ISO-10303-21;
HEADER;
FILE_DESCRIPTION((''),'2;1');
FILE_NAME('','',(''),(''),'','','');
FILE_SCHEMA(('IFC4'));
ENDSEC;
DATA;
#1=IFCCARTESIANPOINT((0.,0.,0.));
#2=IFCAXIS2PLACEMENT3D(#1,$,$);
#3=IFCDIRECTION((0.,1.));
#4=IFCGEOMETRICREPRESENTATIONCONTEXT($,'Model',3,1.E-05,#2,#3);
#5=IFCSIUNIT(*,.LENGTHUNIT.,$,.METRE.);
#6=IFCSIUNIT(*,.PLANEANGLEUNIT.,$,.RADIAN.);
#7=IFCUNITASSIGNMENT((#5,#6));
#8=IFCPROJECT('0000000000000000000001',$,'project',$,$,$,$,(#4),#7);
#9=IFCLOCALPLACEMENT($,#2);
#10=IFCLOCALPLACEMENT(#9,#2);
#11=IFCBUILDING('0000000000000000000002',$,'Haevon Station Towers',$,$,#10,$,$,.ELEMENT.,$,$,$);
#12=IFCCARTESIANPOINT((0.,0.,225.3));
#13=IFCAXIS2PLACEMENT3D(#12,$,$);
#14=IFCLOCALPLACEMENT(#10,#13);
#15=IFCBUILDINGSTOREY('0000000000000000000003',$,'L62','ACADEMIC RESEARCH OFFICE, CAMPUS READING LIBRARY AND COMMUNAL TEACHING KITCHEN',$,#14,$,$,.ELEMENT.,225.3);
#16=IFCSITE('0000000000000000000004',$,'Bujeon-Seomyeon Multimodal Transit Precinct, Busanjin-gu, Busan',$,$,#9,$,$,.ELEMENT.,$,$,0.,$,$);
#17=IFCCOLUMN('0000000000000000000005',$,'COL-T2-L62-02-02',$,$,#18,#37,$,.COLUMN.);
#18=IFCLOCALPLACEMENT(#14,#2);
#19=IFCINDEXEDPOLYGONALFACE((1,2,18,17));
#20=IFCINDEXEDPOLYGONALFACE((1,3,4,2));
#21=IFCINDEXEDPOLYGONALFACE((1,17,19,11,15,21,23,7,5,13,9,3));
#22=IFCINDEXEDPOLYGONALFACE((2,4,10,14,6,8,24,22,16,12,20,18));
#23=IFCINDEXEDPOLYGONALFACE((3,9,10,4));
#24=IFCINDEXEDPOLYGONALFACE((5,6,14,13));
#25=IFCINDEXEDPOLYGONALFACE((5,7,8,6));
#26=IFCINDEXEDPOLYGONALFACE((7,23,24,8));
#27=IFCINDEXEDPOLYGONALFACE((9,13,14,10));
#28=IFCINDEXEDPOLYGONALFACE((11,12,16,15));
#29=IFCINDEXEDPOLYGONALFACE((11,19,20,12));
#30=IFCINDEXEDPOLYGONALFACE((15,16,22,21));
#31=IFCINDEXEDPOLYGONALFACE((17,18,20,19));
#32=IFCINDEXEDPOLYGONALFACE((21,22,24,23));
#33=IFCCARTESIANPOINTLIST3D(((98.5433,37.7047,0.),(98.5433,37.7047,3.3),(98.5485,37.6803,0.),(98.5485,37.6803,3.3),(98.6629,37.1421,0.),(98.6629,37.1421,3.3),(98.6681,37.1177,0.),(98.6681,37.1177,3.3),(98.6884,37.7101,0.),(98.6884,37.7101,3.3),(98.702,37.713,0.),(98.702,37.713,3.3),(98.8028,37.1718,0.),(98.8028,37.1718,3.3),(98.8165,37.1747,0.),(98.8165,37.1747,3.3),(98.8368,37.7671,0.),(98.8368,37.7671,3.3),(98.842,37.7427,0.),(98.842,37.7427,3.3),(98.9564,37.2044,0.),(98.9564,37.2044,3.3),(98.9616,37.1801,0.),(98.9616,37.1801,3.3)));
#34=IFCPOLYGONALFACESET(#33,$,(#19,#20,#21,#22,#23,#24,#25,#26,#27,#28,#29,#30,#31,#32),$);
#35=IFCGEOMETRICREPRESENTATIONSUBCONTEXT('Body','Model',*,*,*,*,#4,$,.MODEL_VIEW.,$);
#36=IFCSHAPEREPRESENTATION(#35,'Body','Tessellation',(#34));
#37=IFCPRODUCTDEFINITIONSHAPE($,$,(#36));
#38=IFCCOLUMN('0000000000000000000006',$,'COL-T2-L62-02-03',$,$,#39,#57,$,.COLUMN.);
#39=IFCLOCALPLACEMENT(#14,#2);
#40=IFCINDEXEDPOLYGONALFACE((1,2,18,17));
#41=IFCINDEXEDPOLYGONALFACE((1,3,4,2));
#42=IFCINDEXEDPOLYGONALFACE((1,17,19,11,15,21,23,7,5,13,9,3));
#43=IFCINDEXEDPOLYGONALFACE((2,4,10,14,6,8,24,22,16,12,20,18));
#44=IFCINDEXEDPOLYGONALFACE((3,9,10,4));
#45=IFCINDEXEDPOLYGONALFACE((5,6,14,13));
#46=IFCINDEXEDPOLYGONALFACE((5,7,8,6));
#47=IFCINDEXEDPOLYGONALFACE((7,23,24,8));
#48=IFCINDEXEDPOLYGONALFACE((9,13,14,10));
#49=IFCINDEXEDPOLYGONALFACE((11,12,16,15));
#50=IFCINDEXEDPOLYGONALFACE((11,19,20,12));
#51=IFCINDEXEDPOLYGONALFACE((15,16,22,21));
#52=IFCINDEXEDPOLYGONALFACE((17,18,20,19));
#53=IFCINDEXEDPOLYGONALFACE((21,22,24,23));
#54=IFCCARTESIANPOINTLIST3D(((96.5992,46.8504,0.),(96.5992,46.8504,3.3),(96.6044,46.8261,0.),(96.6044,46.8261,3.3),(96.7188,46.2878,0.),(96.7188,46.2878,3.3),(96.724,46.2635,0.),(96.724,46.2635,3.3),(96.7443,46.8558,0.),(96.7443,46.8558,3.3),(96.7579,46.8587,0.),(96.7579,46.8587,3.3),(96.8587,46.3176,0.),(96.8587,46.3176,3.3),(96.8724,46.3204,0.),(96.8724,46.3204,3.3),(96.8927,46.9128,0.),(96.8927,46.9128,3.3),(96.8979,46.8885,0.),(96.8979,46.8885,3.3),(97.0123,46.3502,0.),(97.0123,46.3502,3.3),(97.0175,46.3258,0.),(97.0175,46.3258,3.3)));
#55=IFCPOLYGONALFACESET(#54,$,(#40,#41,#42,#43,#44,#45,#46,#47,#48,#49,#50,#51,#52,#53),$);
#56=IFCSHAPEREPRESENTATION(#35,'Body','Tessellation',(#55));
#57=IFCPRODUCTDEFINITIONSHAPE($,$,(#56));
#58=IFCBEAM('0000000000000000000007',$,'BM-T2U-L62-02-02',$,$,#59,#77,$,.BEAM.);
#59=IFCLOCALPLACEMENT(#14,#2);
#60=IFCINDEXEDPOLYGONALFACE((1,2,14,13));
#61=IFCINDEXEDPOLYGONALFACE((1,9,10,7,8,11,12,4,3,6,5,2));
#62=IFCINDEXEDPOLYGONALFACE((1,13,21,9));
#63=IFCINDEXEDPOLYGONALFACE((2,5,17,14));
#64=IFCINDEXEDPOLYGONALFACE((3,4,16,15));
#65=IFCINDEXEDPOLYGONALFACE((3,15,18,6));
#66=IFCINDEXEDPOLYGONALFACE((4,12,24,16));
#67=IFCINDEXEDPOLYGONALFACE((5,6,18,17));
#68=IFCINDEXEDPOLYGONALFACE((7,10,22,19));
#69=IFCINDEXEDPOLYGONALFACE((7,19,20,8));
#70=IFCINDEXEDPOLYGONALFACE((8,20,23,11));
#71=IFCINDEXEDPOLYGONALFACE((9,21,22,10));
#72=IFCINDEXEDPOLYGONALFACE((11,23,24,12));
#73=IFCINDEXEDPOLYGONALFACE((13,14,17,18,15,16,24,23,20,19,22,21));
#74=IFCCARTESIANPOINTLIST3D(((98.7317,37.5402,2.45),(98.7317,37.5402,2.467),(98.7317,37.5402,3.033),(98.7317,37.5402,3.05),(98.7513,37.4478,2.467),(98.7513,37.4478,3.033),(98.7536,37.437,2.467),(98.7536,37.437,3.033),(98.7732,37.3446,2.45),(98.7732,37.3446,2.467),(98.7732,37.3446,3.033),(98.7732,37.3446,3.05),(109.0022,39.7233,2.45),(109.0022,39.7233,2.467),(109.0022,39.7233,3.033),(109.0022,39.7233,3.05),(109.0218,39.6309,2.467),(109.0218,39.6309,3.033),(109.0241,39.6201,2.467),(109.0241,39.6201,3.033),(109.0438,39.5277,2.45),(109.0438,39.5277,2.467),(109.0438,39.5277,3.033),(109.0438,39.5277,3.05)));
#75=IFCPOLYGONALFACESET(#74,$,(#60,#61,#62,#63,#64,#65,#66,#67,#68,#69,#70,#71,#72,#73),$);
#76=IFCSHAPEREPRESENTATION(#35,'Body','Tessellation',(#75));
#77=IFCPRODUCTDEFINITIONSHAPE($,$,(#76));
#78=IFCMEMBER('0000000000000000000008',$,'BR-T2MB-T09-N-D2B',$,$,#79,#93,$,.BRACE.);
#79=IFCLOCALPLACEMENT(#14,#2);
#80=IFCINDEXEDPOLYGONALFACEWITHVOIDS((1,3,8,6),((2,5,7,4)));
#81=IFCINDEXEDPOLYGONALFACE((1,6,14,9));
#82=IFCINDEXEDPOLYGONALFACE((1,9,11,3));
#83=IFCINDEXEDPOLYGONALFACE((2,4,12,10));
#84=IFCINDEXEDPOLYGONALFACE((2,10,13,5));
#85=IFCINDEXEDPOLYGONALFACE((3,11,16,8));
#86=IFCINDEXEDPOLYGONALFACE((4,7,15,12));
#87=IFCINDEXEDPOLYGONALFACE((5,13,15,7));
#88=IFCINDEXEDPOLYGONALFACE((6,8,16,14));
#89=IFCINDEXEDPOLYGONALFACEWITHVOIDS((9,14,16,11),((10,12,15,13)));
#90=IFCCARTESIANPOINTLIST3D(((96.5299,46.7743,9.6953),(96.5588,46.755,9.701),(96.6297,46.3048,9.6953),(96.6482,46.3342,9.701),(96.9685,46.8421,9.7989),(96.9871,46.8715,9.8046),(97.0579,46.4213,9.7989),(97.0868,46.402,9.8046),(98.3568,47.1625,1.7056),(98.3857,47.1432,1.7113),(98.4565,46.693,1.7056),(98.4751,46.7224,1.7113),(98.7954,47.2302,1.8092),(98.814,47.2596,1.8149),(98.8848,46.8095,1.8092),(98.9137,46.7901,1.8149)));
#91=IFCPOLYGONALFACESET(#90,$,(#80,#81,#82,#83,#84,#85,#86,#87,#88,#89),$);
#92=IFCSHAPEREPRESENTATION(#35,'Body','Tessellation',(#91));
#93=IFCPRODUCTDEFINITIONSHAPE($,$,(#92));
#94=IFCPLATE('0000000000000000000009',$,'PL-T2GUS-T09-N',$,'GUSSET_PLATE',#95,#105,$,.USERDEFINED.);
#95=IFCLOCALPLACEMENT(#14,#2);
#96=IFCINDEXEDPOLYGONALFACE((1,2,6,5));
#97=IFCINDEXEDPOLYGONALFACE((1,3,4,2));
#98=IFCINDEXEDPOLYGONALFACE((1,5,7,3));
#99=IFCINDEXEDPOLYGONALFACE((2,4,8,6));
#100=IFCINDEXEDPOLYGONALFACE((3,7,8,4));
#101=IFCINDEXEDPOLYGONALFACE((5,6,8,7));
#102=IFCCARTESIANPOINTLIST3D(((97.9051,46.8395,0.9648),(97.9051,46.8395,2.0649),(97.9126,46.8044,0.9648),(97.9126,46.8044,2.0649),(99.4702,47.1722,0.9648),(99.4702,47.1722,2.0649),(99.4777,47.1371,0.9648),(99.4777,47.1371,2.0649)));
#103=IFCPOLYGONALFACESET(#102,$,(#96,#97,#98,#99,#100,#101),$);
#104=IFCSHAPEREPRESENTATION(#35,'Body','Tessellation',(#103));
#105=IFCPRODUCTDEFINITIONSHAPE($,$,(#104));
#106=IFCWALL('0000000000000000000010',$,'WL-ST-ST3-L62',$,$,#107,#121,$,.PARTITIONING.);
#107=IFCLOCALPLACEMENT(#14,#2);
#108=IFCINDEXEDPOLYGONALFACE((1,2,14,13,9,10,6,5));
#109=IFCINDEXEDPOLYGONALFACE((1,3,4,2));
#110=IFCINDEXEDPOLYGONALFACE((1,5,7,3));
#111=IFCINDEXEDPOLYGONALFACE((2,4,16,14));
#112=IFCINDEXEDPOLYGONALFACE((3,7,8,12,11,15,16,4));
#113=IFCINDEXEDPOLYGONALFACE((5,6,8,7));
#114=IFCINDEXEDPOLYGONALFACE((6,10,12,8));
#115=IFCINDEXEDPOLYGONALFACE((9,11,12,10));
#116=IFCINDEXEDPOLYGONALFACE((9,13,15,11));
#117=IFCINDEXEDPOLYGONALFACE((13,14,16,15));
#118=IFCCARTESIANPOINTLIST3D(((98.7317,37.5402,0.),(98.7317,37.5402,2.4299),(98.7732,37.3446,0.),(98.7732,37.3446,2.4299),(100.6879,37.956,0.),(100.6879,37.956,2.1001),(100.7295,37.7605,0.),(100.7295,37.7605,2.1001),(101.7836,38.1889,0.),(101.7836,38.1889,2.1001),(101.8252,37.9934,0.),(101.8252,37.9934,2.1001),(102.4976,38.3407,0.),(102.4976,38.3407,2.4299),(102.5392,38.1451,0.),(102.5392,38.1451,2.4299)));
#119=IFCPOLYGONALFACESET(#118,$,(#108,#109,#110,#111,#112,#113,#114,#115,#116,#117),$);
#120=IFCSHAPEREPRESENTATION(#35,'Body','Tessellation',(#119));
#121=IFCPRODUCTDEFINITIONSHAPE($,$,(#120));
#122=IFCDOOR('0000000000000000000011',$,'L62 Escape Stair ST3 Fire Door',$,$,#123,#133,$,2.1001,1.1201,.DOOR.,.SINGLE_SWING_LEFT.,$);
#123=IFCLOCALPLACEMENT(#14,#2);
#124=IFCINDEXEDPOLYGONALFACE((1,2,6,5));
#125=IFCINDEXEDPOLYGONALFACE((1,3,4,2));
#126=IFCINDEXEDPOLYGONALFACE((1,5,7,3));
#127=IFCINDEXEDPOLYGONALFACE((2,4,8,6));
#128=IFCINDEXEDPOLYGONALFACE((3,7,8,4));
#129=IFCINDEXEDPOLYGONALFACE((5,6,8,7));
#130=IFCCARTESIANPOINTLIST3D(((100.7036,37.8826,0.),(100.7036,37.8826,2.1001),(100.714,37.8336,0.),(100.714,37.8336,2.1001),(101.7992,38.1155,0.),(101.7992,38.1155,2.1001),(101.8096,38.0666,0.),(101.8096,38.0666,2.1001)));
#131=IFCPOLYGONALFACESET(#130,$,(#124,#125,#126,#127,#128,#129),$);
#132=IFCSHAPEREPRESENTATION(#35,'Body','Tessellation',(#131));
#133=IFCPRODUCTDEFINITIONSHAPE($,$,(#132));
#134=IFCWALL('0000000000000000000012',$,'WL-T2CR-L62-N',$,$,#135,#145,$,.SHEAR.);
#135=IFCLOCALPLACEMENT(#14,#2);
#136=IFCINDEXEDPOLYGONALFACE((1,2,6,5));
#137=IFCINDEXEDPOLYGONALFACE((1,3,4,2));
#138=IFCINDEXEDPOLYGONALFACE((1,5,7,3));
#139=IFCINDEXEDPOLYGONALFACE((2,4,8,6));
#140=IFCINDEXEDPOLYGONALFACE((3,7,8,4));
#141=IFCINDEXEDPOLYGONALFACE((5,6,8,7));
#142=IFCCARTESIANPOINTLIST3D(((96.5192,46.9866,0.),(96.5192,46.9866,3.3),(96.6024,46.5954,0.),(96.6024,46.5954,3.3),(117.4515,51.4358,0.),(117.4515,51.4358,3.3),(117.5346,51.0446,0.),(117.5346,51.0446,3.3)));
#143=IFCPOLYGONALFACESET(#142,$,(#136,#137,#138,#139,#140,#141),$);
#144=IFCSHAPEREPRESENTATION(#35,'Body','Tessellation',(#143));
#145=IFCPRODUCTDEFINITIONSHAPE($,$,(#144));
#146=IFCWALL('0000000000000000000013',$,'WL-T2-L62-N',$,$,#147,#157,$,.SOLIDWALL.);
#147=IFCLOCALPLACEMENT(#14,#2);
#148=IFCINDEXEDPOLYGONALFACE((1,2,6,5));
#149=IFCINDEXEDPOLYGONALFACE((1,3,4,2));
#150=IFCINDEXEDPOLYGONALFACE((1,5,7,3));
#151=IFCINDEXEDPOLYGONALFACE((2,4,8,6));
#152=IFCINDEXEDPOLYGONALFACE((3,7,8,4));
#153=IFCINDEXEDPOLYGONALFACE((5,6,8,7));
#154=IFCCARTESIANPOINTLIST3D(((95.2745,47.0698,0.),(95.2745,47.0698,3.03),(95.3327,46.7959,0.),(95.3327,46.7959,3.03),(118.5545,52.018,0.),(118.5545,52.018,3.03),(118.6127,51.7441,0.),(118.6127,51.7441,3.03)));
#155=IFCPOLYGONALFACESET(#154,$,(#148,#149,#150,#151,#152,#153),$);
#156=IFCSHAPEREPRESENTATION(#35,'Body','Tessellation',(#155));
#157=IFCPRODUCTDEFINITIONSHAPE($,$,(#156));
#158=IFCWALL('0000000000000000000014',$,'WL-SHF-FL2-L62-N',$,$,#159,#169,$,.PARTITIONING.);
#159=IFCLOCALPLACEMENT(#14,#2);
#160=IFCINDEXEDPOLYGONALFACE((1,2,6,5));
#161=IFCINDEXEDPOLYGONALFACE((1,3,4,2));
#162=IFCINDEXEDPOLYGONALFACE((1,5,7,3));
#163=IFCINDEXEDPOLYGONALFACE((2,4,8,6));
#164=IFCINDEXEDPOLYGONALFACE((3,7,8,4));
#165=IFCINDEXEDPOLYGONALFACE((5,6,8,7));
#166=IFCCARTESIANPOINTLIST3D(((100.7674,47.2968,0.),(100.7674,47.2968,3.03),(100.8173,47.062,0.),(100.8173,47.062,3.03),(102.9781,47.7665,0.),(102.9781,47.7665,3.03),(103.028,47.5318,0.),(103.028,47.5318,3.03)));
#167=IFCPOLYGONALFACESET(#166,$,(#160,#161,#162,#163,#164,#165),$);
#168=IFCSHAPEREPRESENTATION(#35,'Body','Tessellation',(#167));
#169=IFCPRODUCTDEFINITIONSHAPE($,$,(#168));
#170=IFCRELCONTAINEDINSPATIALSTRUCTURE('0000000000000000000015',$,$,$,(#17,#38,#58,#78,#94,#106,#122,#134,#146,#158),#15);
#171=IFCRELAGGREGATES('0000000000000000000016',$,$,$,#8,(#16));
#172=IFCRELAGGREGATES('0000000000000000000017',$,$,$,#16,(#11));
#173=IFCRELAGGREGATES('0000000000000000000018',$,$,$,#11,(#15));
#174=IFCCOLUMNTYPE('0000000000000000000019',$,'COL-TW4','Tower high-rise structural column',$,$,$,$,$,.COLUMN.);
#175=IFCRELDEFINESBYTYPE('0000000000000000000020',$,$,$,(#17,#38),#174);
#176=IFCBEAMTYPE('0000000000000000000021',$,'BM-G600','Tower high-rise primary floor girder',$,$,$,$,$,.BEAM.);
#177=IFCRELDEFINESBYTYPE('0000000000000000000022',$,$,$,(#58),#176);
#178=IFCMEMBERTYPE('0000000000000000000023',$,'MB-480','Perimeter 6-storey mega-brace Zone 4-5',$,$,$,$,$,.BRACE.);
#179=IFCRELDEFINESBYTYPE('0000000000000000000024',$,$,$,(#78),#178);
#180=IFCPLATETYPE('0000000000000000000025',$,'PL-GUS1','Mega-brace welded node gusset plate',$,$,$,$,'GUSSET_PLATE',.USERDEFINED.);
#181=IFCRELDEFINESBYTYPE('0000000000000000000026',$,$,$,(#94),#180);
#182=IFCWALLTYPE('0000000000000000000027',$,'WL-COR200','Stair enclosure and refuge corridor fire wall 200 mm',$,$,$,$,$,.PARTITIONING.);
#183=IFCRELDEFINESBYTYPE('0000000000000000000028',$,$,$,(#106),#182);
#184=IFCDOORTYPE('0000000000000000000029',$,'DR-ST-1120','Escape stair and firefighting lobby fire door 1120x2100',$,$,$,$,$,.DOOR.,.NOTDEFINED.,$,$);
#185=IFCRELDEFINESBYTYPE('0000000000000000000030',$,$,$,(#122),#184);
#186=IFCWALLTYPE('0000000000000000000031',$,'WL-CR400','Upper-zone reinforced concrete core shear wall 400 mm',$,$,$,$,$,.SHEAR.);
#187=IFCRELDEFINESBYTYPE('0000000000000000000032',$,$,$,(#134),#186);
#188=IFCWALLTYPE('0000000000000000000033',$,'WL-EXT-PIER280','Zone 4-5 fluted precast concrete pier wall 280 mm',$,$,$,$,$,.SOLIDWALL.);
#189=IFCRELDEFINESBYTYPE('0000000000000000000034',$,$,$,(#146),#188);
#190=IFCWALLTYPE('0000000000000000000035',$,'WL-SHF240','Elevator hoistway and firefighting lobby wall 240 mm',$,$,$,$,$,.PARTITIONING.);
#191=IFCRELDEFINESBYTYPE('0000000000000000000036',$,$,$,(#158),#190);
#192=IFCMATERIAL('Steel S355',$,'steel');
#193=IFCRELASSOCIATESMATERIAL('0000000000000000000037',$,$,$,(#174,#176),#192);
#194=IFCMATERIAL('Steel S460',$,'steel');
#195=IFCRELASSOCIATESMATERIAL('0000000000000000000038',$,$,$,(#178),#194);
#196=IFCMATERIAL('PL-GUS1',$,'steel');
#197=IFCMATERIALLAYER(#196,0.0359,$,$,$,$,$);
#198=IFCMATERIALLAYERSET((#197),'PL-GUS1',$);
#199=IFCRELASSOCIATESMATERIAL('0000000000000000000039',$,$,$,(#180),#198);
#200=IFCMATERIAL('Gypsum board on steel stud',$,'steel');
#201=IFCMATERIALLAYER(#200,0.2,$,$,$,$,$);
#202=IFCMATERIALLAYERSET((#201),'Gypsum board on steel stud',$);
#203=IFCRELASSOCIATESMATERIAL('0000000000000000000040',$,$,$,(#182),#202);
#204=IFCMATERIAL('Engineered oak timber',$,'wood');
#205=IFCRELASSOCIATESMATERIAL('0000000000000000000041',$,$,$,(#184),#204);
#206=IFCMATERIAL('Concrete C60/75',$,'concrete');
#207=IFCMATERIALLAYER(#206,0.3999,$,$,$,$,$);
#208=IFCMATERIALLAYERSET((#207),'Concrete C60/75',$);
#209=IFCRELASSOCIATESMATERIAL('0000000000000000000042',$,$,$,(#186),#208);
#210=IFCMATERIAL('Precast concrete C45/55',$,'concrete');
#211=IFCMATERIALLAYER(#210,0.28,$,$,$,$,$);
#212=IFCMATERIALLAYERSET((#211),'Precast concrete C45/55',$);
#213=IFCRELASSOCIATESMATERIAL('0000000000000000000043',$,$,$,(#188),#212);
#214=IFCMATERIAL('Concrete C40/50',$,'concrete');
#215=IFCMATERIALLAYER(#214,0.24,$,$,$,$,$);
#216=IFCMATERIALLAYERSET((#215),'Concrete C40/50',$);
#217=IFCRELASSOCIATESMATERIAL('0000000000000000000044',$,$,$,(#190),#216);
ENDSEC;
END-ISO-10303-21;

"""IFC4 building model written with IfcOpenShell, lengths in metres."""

from ifc_helpers import new_model, si_unit, direction, frame, frame_2d, origin, origin_2d, place, context, subcontext, project, spatial, rectangle, hollow_rectangle, i_section, extrude, material, layer, layer_set, material_profile, profile_set, type_object, element, fill, save


model = new_model("IFC4")

# Units and contexts
model_context = context("Model", 3, precision=1e-05, world=origin(), true_north=direction((0.0, 1.0)))
body_context = subcontext(model_context, "Body", "Model", "MODEL_VIEW")
ifc_project = project(units=[si_unit("LENGTHUNIT", "METRE"), si_unit("PLANEANGLEUNIT", "RADIAN")], contexts=[model_context])

# Site, building, storey
site_placement = place(None, origin())
site = spatial("IfcSite", under=ifc_project, at=site_placement, Name="Bujeon-Seomyeon Multimodal Transit Precinct, Busanjin-gu, Busan", CompositionType="ELEMENT", RefElevation=0.0)
building_placement = place(site_placement, origin())
building = spatial("IfcBuilding", under=site, at=building_placement, Name="Haevon Station Towers", CompositionType="ELEMENT")
storey_placement = place(building_placement, frame((0.0, 0.0, 225.3)))
storey = spatial("IfcBuildingStorey", under=building, at=storey_placement, Name="L62", Description="ACADEMIC RESEARCH OFFICE, CAMPUS READING LIBRARY AND COMMUNAL TEACHING KITCHEN", CompositionType="ELEMENT", Elevation=225.3)

# Columns
ifc_material_1 = material(Name="Steel S355", Category="steel")
ifc_material_profile_1 = material_profile(ifc_material_1, i_section(OverallWidth=0.3, OverallDepth=0.6001, WebThickness=0.0139, FlangeThickness=0.0249, at=origin_2d()), Name="H-600x300x14x25")
ifc_profile_set_1 = profile_set([ifc_material_profile_1], Name="Steel S355")
column_type = type_object("IfcColumnType", Name="COL-TW4", Description="Tower high-rise structural column", PredefinedType="COLUMN", material=ifc_profile_set_1)
for number, where, z_axis, x_axis, name in (
    (1, (98.7524, 37.4424, 0.0), (0.0, 0.0, 1.0), (0.978148, 0.207912, 0.0), "COL-T2-L62-02-02"),
    (2, (96.8083, 46.5881, 0.0), (0.0, 0.0, 1.0), (0.978148, 0.207912, 0.0), "COL-T2-L62-02-03"),
):
    element("IfcColumn", number, at=place(storey_placement, frame(where, z_axis=z_axis, x_axis=x_axis)), inside=storey, type_object=column_type, Name=name, PredefinedType="COLUMN", context=body_context, shape_type="SweptSolid", body=[
        extrude(i_section(OverallWidth=0.3, OverallDepth=0.6001, WebThickness=0.0139, FlangeThickness=0.0249, at=origin_2d()), origin(), (0.0, 0.0, 1.0), 3.3),
    ])

# Beam
ifc_material_profile_2 = material_profile(ifc_material_1, i_section(OverallWidth=0.2, OverallDepth=0.6001, WebThickness=0.011, FlangeThickness=0.0171, at=origin_2d()), Name="H-600x200x11x17")
ifc_profile_set_2 = profile_set([ifc_material_profile_2], Name="Steel S355")
beam_type = type_object("IfcBeamType", Name="BM-G600", Description="Tower high-rise primary floor girder", PredefinedType="BEAM", material=ifc_profile_set_2)
beam_placement = place(storey_placement, frame((98.7524, 37.4424, 2.75), z_axis=(0.978147, 0.207915, 0.0), x_axis=(-0.207915, 0.978147, 0.0)))
element("IfcBeam", 3, at=beam_placement, inside=storey, type_object=beam_type, Name="BM-T2U-L62-02-02", PredefinedType="BEAM", context=body_context, shape_type="SweptSolid", body=[
    extrude(i_section(OverallWidth=0.2, OverallDepth=0.6001, WebThickness=0.011, FlangeThickness=0.0171, at=origin_2d()), origin(), (0.0, 0.0, 1.0), 10.5),
])

# Member
ifc_material_2 = material(Name="Steel S460", Category="steel")
ifc_material_profile_3 = material_profile(ifc_material_2, hollow_rectangle(XDim=0.48, YDim=0.48, WallThickness=0.0249, at=origin_2d()), Name="RHS-480x480x25")
ifc_profile_set_3 = profile_set([ifc_material_profile_3], Name="Steel S460")
member_type = type_object("IfcMemberType", Name="MB-480", Description="Perimeter 6-storey mega-brace Zone 4-5", PredefinedType="BRACE", material=ifc_profile_set_3)
member_placement = place(storey_placement, frame((98.6353, 46.9763, 1.7603), z_axis=(-0.222654, -0.04731, 0.973749), x_axis=(0.207842, -0.978163, 0.0)))
element("IfcMember", 4, at=member_placement, inside=storey, type_object=member_type, Name="BR-T2MB-T09-N-D2B", PredefinedType="BRACE", context=body_context, shape_type="SweptSolid", body=[
    extrude(hollow_rectangle(XDim=0.48, YDim=0.48, WallThickness=0.0249, at=origin_2d()), origin(), (0.0, 0.0, 1.0), 8.2051),
])

# Plate
ifc_material_3 = material(Name="PL-GUS1", Category="steel")
ifc_layer_1 = layer(ifc_material_3, 0.0359)
ifc_layer_set_1 = layer_set([ifc_layer_1], Name="PL-GUS1")
plate_type = type_object("IfcPlateType", Name="PL-GUS1", Description="Mega-brace welded node gusset plate", ElementType="GUSSET_PLATE", PredefinedType="USERDEFINED", material=ifc_layer_set_1)
plate_placement = place(storey_placement, frame((98.6914, 46.9883, 0.9648), z_axis=(0.0, 0.0, 1.0), x_axis=(0.978148, 0.207912, 0.0)))
element("IfcPlate", 5, at=plate_placement, inside=storey, type_object=plate_type, Name="PL-T2GUS-T09-N", ObjectType="GUSSET_PLATE", PredefinedType="USERDEFINED", context=body_context, shape_type="SweptSolid", body=[
    extrude(rectangle(XDim=1.6001, YDim=0.0359, at=origin_2d()), origin(), (0.0, 0.0, 1.0), 1.1001),
])

# Wall, opening, door
ifc_material_4 = material(Name="Gypsum board on steel stud", Category="steel")
ifc_layer_2 = layer(ifc_material_4, 0.2)
ifc_layer_set_2 = layer_set([ifc_layer_2], Name="Gypsum board on steel stud")
wall_type_1 = type_object("IfcWallType", Name="WL-COR200", Description="Stair enclosure and refuge corridor fire wall 200 mm", PredefinedType="PARTITIONING", material=ifc_layer_set_2)
wall_1_placement = place(storey_placement, frame((98.7524, 37.4424, 0.0), z_axis=(0.0, 0.0, 1.0), x_axis=(0.978144, 0.207931, 0.0)))
wall_1 = element("IfcWall", 6, at=wall_1_placement, inside=storey, type_object=wall_type_1, Name="WL-ST-ST3-L62", PredefinedType="PARTITIONING", context=body_context, shape_type="SweptSolid", body=[
    extrude(rectangle(XDim=3.8501, YDim=0.2, at=frame_2d((1.925, 0.0))), origin(), (0.0, 0.0, 1.0), 2.4299),
])
opening_placement = place(wall_1_placement, frame((2.0, 0.0, 0.0)))
opening = element("IfcOpeningElement", 7, at=opening_placement, cuts=wall_1, PredefinedType="OPENING", context=body_context, shape_type="SweptSolid", body=[
    extrude(rectangle(XDim=1.1201, YDim=2.1001, at=frame_2d((0.5601, 1.05))), frame((0.0, 0.1099, 0.0), z_axis=(0.0, -1.0, 0.0), x_axis=(1.0, 0.0, 0.0)), (0.0, 0.0, 1.0), 0.22),
])
ifc_material_5 = material(Name="Engineered oak timber", Category="wood")
door_type = type_object("IfcDoorType", Name="DR-ST-1120", Description="Escape stair and firefighting lobby fire door 1120x2100", OperationType="NOTDEFINED", PredefinedType="DOOR", material=ifc_material_5)
door_placement = place(opening_placement, origin())
door = element("IfcDoor", 8, at=door_placement, inside=storey, type_object=door_type, Name="L62 Escape Stair ST3 Fire Door", OperationType="SINGLE_SWING_LEFT", OverallHeight=2.1001, OverallWidth=1.1201, PredefinedType="DOOR", context=body_context, shape_type="SweptSolid", body=[
    extrude(rectangle(XDim=1.1201, YDim=2.1001, at=frame_2d((0.5601, 1.05))), frame((0.0, 0.0249, 0.0), z_axis=(0.0, -1.0, 0.0), x_axis=(1.0, 0.0, 0.0)), (0.0, 0.0, 1.0), 0.05),
])
fill(opening, door)

# Walls
ifc_material_6 = material(Name="Concrete C60/75", Category="concrete")
ifc_layer_3 = layer(ifc_material_6, 0.3999)
ifc_layer_set_3 = layer_set([ifc_layer_3], Name="Concrete C60/75")
wall_type_2 = type_object("IfcWallType", Name="WL-CR400", Description="Upper-zone reinforced concrete core shear wall 400 mm", PredefinedType="SHEAR", material=ifc_layer_set_3)
wall_2_placement = place(storey_placement, frame((96.5608, 46.791, 0.0), z_axis=(0.0, 0.0, 1.0), x_axis=(0.978148, 0.207907, 0.0)))
element("IfcWall", 9, at=wall_2_placement, inside=storey, type_object=wall_type_2, Name="WL-T2CR-L62-N", PredefinedType="SHEAR", context=body_context, shape_type="SweptSolid", body=[
    extrude(rectangle(XDim=21.3999, YDim=0.3999, at=frame_2d((10.7, 0.0))), origin(), (0.0, 0.0, 1.0), 3.3),
])
ifc_material_7 = material(Name="Precast concrete C45/55", Category="concrete")
ifc_layer_4 = layer(ifc_material_7, 0.28)
ifc_layer_set_4 = layer_set([ifc_layer_4], Name="Precast concrete C45/55")
wall_type_3 = type_object("IfcWallType", Name="WL-EXT-PIER280", Description="Zone 4-5 fluted precast concrete pier wall 280 mm", PredefinedType="SOLIDWALL", material=ifc_layer_set_4)
wall_3_placement = place(storey_placement, frame((95.3037, 46.9329, 0.0), z_axis=(0.0, 0.0, 1.0), x_axis=(0.978148, 0.207908, 0.0)))
element("IfcWall", 10, at=wall_3_placement, inside=storey, type_object=wall_type_3, Name="WL-T2-L62-N", PredefinedType="SOLIDWALL", context=body_context, shape_type="SweptSolid", body=[
    extrude(rectangle(XDim=23.8, YDim=0.28, at=frame_2d((11.8999, 0.0))), origin(), (0.0, 0.0, 1.0), 3.03),
])
ifc_material_8 = material(Name="Concrete C40/50", Category="concrete")
ifc_layer_5 = layer(ifc_material_8, 0.24)
ifc_layer_set_5 = layer_set([ifc_layer_5], Name="Concrete C40/50")
wall_type_4 = type_object("IfcWallType", Name="WL-SHF240", Description="Elevator hoistway and firefighting lobby wall 240 mm", PredefinedType="PARTITIONING", material=ifc_layer_set_5)
wall_4_placement = place(storey_placement, frame((100.7925, 47.1794, 0.0), z_axis=(0.0, 0.0, 1.0), x_axis=(0.978163, 0.207839, 0.0)))
element("IfcWall", 11, at=wall_4_placement, inside=storey, type_object=wall_type_4, Name="WL-SHF-FL2-L62-N", PredefinedType="PARTITIONING", context=body_context, shape_type="SweptSolid", body=[
    extrude(rectangle(XDim=2.26, YDim=0.24, at=frame_2d((1.1299, 0.0))), origin(), (0.0, 0.0, 1.0), 3.03),
])

save(model, "model.ifc")
